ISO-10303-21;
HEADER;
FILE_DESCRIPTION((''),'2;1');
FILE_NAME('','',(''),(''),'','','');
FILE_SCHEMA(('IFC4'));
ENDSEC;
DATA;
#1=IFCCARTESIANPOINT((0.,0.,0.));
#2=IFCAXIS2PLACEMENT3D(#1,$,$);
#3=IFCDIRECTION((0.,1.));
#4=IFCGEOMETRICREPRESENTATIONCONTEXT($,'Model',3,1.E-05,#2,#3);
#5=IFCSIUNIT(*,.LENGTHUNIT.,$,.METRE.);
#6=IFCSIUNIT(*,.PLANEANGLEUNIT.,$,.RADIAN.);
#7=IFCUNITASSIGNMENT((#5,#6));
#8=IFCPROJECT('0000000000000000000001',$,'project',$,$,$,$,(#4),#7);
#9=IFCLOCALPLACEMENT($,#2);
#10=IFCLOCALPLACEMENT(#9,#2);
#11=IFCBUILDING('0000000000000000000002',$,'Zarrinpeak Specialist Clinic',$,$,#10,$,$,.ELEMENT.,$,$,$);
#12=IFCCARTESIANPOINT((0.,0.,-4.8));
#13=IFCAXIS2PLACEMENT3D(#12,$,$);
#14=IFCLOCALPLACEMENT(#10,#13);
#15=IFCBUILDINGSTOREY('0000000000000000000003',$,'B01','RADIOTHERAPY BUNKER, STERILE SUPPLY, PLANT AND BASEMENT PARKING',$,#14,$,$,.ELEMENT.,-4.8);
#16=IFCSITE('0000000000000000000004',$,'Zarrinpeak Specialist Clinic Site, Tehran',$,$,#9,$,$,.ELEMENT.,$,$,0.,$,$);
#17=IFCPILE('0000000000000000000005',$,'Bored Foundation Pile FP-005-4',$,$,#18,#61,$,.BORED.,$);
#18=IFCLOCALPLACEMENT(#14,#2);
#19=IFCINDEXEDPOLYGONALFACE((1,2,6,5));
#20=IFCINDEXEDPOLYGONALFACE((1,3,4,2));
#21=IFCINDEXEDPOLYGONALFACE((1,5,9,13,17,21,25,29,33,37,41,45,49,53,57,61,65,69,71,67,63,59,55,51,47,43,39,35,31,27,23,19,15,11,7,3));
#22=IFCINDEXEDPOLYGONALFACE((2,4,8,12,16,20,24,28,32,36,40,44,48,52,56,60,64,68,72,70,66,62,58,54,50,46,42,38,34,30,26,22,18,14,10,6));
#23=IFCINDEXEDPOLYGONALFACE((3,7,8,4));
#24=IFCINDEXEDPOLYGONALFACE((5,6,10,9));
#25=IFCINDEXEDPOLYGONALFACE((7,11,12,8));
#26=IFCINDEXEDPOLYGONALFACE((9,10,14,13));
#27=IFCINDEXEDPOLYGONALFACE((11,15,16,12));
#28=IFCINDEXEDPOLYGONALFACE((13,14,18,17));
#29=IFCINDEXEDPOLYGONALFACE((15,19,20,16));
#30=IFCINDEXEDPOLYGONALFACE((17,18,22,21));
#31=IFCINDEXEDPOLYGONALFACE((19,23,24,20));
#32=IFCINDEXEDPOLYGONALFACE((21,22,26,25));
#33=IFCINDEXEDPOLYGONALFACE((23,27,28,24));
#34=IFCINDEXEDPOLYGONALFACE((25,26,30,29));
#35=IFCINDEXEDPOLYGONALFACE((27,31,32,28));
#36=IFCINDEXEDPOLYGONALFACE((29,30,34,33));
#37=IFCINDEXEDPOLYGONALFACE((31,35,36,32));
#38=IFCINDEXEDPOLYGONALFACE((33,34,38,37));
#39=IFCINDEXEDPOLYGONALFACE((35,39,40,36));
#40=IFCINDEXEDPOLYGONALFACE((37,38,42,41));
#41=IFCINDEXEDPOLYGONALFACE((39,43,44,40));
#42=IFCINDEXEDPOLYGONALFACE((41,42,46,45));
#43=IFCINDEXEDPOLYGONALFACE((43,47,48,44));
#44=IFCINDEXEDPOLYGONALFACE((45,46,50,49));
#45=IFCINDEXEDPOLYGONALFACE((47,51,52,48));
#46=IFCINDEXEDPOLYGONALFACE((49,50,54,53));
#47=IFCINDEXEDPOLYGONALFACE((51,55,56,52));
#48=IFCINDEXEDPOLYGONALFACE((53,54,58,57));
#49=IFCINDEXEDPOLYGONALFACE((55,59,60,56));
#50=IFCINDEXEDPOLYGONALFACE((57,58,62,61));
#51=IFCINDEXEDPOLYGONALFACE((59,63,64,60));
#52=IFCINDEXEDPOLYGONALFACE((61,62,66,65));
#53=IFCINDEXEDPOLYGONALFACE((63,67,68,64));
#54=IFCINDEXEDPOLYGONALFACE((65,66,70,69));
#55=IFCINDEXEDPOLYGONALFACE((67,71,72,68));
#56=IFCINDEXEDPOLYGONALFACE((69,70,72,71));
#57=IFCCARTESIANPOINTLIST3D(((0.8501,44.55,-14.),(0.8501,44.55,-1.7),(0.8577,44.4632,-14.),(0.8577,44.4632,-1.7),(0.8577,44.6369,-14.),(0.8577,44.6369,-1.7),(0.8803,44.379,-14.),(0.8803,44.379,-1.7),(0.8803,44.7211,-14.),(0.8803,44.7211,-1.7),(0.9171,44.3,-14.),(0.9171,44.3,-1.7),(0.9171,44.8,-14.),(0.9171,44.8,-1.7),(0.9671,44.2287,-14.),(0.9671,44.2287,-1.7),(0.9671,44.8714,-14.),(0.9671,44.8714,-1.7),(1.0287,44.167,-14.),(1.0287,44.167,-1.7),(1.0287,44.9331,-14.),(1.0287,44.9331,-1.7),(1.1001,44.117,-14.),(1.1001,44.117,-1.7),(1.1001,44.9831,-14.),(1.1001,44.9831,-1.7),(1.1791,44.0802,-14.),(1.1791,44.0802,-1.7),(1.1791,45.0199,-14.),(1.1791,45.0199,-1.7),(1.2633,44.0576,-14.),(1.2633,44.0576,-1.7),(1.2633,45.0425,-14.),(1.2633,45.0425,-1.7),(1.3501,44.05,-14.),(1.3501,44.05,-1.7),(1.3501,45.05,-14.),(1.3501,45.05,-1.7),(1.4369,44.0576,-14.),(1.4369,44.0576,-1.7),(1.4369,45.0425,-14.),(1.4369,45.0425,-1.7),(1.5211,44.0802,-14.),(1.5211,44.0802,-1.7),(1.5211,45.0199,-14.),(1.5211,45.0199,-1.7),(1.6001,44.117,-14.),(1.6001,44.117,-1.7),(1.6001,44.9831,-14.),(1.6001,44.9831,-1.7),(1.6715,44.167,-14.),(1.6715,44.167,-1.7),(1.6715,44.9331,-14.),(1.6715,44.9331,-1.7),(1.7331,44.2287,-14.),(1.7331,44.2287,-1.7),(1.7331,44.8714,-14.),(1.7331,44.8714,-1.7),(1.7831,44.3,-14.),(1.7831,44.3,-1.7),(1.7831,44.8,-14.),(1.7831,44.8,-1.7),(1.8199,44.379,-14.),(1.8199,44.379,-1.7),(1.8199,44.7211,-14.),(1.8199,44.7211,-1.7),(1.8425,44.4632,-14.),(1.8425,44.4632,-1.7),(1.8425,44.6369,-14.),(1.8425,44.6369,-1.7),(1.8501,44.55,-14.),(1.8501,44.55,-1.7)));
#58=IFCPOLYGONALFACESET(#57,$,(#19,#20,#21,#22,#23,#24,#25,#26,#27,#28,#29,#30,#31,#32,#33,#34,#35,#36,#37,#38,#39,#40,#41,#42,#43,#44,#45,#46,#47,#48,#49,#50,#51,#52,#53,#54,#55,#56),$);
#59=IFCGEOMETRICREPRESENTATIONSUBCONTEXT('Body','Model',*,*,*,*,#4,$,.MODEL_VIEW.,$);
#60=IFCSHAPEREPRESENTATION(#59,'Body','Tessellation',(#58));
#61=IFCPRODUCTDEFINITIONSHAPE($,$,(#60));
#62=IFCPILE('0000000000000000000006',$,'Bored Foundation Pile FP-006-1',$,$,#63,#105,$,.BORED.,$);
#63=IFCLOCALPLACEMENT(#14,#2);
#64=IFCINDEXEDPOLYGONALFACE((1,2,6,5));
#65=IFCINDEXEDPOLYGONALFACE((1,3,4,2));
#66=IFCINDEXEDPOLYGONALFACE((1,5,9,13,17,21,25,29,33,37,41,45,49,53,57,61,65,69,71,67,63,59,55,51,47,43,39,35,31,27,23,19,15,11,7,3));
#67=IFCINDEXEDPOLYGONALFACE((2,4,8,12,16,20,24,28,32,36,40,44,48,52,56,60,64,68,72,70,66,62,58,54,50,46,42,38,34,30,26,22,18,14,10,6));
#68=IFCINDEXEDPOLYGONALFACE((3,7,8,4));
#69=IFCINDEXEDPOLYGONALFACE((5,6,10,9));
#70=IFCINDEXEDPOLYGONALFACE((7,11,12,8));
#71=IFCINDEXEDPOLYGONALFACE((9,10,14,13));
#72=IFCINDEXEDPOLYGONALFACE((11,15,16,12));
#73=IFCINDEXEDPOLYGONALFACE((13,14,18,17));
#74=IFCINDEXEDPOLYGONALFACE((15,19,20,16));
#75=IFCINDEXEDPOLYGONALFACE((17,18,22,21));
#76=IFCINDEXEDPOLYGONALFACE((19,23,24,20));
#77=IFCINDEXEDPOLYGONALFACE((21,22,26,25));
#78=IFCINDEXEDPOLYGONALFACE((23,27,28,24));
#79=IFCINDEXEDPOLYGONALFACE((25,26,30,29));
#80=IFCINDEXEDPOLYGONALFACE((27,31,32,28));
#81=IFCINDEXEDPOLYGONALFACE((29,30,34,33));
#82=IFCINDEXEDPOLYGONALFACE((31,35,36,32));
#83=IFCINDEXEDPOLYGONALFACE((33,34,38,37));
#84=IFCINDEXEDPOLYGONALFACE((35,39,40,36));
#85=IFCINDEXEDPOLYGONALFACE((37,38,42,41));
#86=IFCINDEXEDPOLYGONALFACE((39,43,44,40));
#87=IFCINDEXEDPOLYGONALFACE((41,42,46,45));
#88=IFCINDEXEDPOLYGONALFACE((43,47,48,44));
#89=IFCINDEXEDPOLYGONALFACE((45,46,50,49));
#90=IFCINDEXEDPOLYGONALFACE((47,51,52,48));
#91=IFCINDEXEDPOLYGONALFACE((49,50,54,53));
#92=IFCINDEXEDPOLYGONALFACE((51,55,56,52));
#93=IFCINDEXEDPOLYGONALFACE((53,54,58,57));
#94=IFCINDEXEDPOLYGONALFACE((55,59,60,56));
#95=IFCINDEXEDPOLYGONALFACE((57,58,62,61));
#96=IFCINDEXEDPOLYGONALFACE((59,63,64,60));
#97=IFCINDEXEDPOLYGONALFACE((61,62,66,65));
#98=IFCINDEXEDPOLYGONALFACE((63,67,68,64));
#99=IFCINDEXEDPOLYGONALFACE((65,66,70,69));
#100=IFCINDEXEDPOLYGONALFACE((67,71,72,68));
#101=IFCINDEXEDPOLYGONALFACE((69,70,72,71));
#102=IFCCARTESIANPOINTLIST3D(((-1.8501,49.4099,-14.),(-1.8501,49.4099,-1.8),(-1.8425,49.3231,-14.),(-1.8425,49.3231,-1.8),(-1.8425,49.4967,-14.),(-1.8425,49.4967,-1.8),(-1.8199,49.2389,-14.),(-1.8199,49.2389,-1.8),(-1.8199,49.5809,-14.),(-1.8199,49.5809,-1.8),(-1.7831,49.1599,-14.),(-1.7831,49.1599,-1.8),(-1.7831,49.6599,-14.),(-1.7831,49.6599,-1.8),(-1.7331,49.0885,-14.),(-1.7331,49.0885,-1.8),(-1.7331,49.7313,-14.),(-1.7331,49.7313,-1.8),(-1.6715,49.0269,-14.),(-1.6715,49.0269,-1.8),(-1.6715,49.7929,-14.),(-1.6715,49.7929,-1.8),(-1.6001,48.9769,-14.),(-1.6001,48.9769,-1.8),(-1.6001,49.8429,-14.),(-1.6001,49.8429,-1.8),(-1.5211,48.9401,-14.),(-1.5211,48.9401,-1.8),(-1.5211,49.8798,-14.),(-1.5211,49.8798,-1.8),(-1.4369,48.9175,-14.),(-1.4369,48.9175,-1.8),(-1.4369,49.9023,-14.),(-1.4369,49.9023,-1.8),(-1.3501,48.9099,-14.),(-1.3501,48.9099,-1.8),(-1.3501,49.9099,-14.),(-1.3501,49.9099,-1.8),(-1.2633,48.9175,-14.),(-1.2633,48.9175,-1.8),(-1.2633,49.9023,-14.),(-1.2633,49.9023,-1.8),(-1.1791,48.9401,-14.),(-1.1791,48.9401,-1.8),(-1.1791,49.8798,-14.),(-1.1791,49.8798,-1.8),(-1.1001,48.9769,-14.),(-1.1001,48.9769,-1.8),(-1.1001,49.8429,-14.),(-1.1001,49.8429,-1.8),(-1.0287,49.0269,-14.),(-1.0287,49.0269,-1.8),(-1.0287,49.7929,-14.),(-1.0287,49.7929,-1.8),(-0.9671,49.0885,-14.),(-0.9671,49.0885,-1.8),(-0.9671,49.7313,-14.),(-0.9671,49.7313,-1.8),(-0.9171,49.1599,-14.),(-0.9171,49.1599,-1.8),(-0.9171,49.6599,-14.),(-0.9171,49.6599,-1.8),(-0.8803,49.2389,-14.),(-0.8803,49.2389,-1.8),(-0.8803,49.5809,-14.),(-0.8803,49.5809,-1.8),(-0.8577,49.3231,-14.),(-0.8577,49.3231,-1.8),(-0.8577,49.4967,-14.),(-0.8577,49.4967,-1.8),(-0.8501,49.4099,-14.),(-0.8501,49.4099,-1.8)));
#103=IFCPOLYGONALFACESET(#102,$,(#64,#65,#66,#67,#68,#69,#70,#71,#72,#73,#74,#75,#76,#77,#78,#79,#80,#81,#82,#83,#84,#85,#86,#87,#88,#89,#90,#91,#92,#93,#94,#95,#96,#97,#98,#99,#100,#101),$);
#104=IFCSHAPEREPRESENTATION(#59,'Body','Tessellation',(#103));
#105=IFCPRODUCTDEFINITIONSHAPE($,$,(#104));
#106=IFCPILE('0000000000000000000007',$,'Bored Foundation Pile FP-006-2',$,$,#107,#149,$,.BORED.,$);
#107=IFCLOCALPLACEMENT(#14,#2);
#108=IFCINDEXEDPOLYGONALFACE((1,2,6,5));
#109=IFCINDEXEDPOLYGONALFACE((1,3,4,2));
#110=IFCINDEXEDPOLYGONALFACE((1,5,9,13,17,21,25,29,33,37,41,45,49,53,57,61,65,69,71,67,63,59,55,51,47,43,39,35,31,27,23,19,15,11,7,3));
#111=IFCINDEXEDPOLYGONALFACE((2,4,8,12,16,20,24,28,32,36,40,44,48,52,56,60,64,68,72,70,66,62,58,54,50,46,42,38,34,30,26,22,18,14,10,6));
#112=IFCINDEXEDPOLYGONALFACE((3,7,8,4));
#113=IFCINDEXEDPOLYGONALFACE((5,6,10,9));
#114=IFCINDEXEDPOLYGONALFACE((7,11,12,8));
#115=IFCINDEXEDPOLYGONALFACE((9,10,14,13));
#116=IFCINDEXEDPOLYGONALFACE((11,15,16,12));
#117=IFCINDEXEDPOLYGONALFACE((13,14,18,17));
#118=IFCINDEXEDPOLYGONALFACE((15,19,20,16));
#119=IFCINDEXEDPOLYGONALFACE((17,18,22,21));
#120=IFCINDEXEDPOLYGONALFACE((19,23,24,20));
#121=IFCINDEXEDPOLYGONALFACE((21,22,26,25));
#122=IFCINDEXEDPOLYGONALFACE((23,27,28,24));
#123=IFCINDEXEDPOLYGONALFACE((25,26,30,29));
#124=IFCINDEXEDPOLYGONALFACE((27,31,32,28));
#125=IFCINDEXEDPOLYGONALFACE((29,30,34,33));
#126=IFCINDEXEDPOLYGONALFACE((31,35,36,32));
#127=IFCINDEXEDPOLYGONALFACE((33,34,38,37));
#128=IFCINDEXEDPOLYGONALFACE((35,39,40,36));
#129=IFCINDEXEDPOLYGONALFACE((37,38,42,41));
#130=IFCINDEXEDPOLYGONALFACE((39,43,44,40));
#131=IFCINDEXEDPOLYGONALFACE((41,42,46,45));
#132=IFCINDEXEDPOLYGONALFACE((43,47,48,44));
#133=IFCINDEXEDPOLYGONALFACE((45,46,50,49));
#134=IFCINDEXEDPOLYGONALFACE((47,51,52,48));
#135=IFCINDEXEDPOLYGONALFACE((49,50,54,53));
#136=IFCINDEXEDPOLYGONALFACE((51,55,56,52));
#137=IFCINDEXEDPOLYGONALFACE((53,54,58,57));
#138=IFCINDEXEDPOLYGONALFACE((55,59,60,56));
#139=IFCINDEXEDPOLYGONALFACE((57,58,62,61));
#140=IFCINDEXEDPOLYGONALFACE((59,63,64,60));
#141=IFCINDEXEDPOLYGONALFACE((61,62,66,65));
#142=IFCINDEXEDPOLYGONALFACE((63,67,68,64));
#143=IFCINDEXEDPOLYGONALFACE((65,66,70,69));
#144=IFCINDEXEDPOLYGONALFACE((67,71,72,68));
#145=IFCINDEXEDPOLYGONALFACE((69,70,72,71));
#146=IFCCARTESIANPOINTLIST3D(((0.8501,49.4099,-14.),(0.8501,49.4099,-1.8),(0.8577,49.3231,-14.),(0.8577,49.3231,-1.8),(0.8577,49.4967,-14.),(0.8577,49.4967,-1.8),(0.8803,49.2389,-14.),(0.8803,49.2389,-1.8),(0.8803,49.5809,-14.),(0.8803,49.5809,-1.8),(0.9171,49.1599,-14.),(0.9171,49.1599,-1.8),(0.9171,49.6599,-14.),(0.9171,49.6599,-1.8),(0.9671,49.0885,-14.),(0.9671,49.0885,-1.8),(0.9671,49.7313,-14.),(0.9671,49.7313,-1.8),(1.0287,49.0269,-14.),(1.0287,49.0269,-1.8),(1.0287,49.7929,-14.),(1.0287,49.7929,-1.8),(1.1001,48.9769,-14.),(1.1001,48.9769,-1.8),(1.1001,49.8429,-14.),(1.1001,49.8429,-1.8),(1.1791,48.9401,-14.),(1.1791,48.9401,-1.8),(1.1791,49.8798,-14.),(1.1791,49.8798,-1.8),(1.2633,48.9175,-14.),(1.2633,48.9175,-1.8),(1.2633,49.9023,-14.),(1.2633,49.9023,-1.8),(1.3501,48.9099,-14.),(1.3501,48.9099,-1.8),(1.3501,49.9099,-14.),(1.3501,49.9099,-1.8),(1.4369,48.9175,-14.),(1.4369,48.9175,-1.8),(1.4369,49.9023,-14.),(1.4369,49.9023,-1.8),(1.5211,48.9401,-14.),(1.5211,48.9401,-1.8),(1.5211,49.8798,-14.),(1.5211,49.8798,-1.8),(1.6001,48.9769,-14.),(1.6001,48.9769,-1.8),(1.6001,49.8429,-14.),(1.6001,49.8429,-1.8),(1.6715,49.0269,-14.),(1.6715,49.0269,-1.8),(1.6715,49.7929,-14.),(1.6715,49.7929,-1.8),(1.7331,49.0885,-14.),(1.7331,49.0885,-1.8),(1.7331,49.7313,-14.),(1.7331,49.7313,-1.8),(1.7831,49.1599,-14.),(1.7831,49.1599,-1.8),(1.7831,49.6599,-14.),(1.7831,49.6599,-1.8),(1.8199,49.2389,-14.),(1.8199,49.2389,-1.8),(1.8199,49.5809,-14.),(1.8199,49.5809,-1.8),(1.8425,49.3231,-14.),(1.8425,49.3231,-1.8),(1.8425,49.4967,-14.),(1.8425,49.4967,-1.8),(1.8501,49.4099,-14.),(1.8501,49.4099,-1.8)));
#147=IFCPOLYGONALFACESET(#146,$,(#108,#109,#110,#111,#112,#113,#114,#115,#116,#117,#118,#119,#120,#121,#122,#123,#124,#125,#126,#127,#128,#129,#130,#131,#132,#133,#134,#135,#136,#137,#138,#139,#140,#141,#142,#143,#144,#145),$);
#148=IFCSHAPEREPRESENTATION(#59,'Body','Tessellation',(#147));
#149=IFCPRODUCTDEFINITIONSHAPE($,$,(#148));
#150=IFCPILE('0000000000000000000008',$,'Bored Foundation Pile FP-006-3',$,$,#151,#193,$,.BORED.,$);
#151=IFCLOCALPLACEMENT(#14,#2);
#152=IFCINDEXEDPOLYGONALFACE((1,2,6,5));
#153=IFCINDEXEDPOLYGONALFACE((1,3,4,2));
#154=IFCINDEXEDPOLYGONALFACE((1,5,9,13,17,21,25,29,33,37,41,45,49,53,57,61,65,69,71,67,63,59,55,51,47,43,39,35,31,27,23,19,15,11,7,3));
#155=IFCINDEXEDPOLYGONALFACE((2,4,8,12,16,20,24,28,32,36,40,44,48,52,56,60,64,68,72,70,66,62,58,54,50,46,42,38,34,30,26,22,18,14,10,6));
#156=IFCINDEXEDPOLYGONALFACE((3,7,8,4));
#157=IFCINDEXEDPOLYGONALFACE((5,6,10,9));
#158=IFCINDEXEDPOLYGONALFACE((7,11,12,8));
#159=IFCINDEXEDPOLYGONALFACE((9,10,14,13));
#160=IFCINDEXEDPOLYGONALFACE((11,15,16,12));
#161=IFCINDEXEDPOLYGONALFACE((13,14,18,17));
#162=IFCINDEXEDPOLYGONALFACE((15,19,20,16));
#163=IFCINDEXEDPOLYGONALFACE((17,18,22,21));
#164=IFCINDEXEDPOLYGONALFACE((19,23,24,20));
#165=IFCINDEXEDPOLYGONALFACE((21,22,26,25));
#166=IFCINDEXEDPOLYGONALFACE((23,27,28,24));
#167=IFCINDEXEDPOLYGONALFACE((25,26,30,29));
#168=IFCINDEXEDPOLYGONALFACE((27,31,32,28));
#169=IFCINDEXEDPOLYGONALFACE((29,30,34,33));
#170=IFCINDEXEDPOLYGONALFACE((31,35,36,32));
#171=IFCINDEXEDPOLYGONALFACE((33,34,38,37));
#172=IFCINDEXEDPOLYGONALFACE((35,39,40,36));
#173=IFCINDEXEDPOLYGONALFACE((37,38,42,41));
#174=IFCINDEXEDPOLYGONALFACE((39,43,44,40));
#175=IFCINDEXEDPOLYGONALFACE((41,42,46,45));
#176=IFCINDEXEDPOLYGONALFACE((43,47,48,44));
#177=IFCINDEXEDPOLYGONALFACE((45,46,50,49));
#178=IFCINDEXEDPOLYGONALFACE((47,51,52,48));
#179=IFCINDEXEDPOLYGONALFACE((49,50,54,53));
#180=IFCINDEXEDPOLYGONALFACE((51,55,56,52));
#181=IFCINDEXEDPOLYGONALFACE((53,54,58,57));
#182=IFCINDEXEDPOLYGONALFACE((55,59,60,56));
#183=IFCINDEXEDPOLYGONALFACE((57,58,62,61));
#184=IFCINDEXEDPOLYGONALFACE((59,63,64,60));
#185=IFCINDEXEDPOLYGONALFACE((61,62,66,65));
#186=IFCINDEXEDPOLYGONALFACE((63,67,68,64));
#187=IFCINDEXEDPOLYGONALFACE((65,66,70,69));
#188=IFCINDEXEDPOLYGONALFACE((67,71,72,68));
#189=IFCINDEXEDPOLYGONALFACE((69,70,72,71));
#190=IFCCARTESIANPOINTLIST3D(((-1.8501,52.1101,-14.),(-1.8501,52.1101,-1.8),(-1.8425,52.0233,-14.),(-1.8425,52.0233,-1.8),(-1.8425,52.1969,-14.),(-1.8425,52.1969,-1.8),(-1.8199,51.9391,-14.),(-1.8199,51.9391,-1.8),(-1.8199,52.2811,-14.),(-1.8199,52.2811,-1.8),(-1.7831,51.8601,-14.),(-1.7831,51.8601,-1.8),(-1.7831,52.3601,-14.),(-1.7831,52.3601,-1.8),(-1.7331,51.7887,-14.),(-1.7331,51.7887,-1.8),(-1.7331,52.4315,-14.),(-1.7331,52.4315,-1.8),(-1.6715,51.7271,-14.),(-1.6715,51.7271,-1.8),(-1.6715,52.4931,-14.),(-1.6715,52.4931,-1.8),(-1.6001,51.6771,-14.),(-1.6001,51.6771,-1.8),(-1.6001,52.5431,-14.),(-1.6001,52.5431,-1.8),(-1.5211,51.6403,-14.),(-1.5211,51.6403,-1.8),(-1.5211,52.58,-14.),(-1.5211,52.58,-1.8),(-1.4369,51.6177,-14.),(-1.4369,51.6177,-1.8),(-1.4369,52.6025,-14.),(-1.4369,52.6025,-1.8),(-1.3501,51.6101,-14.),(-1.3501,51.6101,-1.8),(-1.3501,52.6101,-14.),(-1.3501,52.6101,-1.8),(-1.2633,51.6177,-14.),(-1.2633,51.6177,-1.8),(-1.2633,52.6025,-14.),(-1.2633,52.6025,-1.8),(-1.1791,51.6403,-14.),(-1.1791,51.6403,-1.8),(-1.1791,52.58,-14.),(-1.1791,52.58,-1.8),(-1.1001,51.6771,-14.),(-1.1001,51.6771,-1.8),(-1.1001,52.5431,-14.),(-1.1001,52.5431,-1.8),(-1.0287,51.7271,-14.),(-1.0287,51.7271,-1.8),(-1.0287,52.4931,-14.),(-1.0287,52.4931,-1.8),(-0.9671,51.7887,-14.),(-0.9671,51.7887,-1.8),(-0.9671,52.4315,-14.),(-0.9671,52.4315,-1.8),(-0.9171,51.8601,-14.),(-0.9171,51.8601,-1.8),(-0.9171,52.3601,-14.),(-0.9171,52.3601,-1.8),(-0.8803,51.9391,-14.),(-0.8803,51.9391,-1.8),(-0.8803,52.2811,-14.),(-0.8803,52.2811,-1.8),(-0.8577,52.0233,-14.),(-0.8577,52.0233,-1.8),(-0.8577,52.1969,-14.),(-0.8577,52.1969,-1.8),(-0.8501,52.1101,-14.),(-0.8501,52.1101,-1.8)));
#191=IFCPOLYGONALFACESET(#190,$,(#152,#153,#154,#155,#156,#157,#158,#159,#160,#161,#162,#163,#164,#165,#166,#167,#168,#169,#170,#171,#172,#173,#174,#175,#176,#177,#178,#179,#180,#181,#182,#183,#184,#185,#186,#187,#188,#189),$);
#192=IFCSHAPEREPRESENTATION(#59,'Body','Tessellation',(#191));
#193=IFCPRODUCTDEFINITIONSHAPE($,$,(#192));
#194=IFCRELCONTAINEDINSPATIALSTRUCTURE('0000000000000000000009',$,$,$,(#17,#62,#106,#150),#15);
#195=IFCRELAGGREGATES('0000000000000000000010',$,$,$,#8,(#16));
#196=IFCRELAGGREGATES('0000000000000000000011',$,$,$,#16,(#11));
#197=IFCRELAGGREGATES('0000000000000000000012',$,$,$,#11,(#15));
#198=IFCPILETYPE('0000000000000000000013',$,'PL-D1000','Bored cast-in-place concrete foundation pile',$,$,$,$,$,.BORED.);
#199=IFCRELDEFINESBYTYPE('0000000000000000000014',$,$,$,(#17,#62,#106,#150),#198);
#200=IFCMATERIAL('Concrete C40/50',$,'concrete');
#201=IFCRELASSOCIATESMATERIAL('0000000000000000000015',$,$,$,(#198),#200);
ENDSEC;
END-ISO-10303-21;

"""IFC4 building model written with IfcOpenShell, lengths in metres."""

from ifc_helpers import new_model, si_unit, direction, frame, origin, origin_2d, place, context, subcontext, project, spatial, circle, extrude, material, material_profile, profile_set, type_object, element, save


model = new_model("IFC4")

# Units and contexts
model_context = context("Model", 3, precision=1e-05, world=origin(), true_north=direction((0.0, 1.0)))
body_context = subcontext(model_context, "Body", "Model", "MODEL_VIEW")
ifc_project = project(units=[si_unit("LENGTHUNIT", "METRE"), si_unit("PLANEANGLEUNIT", "RADIAN")], contexts=[model_context])

# Site, building, storey
site_placement = place(None, origin())
site = spatial("IfcSite", under=ifc_project, at=site_placement, Name="Zarrinpeak Specialist Clinic Site, Tehran", CompositionType="ELEMENT", RefElevation=0.0)
building_placement = place(site_placement, origin())
building = spatial("IfcBuilding", under=site, at=building_placement, Name="Zarrinpeak Specialist Clinic", CompositionType="ELEMENT")
storey_placement = place(building_placement, frame((0.0, 0.0, -4.8)))
storey = spatial("IfcBuildingStorey", under=building, at=storey_placement, Name="B01", Description="RADIOTHERAPY BUNKER, STERILE SUPPLY, PLANT AND BASEMENT PARKING", CompositionType="ELEMENT", Elevation=-4.8)

# Shared definitions
ifc_material_1 = material(Name="Concrete C40/50", Category="concrete")

# Piles
ifc_material_profile_1 = material_profile(ifc_material_1, circle(Radius=0.5, at=origin_2d()), Name="BORED PILE D1000")
ifc_profile_set_1 = profile_set([ifc_material_profile_1], Name="Concrete C40/50")
pile_type_1 = type_object("IfcPileType", Name="PL-D1000", Description="Bored cast-in-place concrete foundation pile", PredefinedType="BORED", material=ifc_profile_set_1)
for number, where, z_axis, x_axis, name in (
    (1, (1.3501, 44.55, -1.7), (0.0, 0.0, -1.0), (1.0, 0.0, 0.0), "Bored Foundation Pile FP-005-4"),
):
    element("IfcPile", number, at=place(storey_placement, frame(where, z_axis=z_axis, x_axis=x_axis)), inside=storey, type_object=pile_type_1, Name=name, PredefinedType="BORED", context=body_context, shape_type="SweptSolid", body=[
        extrude(circle(Radius=0.5, at=origin_2d()), origin(), (0.0, 0.0, 1.0), 12.3),
    ])
for number, where, z_axis, x_axis, name in (
    (2, (-1.3501, 49.4099, -1.8), (0.0, 0.0, -1.0), (1.0, 0.0, 0.0), "Bored Foundation Pile FP-006-1"),
    (3, (1.3501, 49.4099, -1.8), (0.0, 0.0, -1.0), (1.0, 0.0, 0.0), "Bored Foundation Pile FP-006-2"),
    (4, (-1.3501, 52.1101, -1.8), (0.0, 0.0, -1.0), (1.0, 0.0, 0.0), "Bored Foundation Pile FP-006-3"),
):
    element("IfcPile", number, at=place(storey_placement, frame(where, z_axis=z_axis, x_axis=x_axis)), inside=storey, type_object=pile_type_1, Name=name, PredefinedType="BORED", context=body_context, shape_type="SweptSolid", body=[
        extrude(circle(Radius=0.5, at=origin_2d()), origin(), (0.0, 0.0, 1.0), 12.2),
    ])

save(model, "model.ifc")
